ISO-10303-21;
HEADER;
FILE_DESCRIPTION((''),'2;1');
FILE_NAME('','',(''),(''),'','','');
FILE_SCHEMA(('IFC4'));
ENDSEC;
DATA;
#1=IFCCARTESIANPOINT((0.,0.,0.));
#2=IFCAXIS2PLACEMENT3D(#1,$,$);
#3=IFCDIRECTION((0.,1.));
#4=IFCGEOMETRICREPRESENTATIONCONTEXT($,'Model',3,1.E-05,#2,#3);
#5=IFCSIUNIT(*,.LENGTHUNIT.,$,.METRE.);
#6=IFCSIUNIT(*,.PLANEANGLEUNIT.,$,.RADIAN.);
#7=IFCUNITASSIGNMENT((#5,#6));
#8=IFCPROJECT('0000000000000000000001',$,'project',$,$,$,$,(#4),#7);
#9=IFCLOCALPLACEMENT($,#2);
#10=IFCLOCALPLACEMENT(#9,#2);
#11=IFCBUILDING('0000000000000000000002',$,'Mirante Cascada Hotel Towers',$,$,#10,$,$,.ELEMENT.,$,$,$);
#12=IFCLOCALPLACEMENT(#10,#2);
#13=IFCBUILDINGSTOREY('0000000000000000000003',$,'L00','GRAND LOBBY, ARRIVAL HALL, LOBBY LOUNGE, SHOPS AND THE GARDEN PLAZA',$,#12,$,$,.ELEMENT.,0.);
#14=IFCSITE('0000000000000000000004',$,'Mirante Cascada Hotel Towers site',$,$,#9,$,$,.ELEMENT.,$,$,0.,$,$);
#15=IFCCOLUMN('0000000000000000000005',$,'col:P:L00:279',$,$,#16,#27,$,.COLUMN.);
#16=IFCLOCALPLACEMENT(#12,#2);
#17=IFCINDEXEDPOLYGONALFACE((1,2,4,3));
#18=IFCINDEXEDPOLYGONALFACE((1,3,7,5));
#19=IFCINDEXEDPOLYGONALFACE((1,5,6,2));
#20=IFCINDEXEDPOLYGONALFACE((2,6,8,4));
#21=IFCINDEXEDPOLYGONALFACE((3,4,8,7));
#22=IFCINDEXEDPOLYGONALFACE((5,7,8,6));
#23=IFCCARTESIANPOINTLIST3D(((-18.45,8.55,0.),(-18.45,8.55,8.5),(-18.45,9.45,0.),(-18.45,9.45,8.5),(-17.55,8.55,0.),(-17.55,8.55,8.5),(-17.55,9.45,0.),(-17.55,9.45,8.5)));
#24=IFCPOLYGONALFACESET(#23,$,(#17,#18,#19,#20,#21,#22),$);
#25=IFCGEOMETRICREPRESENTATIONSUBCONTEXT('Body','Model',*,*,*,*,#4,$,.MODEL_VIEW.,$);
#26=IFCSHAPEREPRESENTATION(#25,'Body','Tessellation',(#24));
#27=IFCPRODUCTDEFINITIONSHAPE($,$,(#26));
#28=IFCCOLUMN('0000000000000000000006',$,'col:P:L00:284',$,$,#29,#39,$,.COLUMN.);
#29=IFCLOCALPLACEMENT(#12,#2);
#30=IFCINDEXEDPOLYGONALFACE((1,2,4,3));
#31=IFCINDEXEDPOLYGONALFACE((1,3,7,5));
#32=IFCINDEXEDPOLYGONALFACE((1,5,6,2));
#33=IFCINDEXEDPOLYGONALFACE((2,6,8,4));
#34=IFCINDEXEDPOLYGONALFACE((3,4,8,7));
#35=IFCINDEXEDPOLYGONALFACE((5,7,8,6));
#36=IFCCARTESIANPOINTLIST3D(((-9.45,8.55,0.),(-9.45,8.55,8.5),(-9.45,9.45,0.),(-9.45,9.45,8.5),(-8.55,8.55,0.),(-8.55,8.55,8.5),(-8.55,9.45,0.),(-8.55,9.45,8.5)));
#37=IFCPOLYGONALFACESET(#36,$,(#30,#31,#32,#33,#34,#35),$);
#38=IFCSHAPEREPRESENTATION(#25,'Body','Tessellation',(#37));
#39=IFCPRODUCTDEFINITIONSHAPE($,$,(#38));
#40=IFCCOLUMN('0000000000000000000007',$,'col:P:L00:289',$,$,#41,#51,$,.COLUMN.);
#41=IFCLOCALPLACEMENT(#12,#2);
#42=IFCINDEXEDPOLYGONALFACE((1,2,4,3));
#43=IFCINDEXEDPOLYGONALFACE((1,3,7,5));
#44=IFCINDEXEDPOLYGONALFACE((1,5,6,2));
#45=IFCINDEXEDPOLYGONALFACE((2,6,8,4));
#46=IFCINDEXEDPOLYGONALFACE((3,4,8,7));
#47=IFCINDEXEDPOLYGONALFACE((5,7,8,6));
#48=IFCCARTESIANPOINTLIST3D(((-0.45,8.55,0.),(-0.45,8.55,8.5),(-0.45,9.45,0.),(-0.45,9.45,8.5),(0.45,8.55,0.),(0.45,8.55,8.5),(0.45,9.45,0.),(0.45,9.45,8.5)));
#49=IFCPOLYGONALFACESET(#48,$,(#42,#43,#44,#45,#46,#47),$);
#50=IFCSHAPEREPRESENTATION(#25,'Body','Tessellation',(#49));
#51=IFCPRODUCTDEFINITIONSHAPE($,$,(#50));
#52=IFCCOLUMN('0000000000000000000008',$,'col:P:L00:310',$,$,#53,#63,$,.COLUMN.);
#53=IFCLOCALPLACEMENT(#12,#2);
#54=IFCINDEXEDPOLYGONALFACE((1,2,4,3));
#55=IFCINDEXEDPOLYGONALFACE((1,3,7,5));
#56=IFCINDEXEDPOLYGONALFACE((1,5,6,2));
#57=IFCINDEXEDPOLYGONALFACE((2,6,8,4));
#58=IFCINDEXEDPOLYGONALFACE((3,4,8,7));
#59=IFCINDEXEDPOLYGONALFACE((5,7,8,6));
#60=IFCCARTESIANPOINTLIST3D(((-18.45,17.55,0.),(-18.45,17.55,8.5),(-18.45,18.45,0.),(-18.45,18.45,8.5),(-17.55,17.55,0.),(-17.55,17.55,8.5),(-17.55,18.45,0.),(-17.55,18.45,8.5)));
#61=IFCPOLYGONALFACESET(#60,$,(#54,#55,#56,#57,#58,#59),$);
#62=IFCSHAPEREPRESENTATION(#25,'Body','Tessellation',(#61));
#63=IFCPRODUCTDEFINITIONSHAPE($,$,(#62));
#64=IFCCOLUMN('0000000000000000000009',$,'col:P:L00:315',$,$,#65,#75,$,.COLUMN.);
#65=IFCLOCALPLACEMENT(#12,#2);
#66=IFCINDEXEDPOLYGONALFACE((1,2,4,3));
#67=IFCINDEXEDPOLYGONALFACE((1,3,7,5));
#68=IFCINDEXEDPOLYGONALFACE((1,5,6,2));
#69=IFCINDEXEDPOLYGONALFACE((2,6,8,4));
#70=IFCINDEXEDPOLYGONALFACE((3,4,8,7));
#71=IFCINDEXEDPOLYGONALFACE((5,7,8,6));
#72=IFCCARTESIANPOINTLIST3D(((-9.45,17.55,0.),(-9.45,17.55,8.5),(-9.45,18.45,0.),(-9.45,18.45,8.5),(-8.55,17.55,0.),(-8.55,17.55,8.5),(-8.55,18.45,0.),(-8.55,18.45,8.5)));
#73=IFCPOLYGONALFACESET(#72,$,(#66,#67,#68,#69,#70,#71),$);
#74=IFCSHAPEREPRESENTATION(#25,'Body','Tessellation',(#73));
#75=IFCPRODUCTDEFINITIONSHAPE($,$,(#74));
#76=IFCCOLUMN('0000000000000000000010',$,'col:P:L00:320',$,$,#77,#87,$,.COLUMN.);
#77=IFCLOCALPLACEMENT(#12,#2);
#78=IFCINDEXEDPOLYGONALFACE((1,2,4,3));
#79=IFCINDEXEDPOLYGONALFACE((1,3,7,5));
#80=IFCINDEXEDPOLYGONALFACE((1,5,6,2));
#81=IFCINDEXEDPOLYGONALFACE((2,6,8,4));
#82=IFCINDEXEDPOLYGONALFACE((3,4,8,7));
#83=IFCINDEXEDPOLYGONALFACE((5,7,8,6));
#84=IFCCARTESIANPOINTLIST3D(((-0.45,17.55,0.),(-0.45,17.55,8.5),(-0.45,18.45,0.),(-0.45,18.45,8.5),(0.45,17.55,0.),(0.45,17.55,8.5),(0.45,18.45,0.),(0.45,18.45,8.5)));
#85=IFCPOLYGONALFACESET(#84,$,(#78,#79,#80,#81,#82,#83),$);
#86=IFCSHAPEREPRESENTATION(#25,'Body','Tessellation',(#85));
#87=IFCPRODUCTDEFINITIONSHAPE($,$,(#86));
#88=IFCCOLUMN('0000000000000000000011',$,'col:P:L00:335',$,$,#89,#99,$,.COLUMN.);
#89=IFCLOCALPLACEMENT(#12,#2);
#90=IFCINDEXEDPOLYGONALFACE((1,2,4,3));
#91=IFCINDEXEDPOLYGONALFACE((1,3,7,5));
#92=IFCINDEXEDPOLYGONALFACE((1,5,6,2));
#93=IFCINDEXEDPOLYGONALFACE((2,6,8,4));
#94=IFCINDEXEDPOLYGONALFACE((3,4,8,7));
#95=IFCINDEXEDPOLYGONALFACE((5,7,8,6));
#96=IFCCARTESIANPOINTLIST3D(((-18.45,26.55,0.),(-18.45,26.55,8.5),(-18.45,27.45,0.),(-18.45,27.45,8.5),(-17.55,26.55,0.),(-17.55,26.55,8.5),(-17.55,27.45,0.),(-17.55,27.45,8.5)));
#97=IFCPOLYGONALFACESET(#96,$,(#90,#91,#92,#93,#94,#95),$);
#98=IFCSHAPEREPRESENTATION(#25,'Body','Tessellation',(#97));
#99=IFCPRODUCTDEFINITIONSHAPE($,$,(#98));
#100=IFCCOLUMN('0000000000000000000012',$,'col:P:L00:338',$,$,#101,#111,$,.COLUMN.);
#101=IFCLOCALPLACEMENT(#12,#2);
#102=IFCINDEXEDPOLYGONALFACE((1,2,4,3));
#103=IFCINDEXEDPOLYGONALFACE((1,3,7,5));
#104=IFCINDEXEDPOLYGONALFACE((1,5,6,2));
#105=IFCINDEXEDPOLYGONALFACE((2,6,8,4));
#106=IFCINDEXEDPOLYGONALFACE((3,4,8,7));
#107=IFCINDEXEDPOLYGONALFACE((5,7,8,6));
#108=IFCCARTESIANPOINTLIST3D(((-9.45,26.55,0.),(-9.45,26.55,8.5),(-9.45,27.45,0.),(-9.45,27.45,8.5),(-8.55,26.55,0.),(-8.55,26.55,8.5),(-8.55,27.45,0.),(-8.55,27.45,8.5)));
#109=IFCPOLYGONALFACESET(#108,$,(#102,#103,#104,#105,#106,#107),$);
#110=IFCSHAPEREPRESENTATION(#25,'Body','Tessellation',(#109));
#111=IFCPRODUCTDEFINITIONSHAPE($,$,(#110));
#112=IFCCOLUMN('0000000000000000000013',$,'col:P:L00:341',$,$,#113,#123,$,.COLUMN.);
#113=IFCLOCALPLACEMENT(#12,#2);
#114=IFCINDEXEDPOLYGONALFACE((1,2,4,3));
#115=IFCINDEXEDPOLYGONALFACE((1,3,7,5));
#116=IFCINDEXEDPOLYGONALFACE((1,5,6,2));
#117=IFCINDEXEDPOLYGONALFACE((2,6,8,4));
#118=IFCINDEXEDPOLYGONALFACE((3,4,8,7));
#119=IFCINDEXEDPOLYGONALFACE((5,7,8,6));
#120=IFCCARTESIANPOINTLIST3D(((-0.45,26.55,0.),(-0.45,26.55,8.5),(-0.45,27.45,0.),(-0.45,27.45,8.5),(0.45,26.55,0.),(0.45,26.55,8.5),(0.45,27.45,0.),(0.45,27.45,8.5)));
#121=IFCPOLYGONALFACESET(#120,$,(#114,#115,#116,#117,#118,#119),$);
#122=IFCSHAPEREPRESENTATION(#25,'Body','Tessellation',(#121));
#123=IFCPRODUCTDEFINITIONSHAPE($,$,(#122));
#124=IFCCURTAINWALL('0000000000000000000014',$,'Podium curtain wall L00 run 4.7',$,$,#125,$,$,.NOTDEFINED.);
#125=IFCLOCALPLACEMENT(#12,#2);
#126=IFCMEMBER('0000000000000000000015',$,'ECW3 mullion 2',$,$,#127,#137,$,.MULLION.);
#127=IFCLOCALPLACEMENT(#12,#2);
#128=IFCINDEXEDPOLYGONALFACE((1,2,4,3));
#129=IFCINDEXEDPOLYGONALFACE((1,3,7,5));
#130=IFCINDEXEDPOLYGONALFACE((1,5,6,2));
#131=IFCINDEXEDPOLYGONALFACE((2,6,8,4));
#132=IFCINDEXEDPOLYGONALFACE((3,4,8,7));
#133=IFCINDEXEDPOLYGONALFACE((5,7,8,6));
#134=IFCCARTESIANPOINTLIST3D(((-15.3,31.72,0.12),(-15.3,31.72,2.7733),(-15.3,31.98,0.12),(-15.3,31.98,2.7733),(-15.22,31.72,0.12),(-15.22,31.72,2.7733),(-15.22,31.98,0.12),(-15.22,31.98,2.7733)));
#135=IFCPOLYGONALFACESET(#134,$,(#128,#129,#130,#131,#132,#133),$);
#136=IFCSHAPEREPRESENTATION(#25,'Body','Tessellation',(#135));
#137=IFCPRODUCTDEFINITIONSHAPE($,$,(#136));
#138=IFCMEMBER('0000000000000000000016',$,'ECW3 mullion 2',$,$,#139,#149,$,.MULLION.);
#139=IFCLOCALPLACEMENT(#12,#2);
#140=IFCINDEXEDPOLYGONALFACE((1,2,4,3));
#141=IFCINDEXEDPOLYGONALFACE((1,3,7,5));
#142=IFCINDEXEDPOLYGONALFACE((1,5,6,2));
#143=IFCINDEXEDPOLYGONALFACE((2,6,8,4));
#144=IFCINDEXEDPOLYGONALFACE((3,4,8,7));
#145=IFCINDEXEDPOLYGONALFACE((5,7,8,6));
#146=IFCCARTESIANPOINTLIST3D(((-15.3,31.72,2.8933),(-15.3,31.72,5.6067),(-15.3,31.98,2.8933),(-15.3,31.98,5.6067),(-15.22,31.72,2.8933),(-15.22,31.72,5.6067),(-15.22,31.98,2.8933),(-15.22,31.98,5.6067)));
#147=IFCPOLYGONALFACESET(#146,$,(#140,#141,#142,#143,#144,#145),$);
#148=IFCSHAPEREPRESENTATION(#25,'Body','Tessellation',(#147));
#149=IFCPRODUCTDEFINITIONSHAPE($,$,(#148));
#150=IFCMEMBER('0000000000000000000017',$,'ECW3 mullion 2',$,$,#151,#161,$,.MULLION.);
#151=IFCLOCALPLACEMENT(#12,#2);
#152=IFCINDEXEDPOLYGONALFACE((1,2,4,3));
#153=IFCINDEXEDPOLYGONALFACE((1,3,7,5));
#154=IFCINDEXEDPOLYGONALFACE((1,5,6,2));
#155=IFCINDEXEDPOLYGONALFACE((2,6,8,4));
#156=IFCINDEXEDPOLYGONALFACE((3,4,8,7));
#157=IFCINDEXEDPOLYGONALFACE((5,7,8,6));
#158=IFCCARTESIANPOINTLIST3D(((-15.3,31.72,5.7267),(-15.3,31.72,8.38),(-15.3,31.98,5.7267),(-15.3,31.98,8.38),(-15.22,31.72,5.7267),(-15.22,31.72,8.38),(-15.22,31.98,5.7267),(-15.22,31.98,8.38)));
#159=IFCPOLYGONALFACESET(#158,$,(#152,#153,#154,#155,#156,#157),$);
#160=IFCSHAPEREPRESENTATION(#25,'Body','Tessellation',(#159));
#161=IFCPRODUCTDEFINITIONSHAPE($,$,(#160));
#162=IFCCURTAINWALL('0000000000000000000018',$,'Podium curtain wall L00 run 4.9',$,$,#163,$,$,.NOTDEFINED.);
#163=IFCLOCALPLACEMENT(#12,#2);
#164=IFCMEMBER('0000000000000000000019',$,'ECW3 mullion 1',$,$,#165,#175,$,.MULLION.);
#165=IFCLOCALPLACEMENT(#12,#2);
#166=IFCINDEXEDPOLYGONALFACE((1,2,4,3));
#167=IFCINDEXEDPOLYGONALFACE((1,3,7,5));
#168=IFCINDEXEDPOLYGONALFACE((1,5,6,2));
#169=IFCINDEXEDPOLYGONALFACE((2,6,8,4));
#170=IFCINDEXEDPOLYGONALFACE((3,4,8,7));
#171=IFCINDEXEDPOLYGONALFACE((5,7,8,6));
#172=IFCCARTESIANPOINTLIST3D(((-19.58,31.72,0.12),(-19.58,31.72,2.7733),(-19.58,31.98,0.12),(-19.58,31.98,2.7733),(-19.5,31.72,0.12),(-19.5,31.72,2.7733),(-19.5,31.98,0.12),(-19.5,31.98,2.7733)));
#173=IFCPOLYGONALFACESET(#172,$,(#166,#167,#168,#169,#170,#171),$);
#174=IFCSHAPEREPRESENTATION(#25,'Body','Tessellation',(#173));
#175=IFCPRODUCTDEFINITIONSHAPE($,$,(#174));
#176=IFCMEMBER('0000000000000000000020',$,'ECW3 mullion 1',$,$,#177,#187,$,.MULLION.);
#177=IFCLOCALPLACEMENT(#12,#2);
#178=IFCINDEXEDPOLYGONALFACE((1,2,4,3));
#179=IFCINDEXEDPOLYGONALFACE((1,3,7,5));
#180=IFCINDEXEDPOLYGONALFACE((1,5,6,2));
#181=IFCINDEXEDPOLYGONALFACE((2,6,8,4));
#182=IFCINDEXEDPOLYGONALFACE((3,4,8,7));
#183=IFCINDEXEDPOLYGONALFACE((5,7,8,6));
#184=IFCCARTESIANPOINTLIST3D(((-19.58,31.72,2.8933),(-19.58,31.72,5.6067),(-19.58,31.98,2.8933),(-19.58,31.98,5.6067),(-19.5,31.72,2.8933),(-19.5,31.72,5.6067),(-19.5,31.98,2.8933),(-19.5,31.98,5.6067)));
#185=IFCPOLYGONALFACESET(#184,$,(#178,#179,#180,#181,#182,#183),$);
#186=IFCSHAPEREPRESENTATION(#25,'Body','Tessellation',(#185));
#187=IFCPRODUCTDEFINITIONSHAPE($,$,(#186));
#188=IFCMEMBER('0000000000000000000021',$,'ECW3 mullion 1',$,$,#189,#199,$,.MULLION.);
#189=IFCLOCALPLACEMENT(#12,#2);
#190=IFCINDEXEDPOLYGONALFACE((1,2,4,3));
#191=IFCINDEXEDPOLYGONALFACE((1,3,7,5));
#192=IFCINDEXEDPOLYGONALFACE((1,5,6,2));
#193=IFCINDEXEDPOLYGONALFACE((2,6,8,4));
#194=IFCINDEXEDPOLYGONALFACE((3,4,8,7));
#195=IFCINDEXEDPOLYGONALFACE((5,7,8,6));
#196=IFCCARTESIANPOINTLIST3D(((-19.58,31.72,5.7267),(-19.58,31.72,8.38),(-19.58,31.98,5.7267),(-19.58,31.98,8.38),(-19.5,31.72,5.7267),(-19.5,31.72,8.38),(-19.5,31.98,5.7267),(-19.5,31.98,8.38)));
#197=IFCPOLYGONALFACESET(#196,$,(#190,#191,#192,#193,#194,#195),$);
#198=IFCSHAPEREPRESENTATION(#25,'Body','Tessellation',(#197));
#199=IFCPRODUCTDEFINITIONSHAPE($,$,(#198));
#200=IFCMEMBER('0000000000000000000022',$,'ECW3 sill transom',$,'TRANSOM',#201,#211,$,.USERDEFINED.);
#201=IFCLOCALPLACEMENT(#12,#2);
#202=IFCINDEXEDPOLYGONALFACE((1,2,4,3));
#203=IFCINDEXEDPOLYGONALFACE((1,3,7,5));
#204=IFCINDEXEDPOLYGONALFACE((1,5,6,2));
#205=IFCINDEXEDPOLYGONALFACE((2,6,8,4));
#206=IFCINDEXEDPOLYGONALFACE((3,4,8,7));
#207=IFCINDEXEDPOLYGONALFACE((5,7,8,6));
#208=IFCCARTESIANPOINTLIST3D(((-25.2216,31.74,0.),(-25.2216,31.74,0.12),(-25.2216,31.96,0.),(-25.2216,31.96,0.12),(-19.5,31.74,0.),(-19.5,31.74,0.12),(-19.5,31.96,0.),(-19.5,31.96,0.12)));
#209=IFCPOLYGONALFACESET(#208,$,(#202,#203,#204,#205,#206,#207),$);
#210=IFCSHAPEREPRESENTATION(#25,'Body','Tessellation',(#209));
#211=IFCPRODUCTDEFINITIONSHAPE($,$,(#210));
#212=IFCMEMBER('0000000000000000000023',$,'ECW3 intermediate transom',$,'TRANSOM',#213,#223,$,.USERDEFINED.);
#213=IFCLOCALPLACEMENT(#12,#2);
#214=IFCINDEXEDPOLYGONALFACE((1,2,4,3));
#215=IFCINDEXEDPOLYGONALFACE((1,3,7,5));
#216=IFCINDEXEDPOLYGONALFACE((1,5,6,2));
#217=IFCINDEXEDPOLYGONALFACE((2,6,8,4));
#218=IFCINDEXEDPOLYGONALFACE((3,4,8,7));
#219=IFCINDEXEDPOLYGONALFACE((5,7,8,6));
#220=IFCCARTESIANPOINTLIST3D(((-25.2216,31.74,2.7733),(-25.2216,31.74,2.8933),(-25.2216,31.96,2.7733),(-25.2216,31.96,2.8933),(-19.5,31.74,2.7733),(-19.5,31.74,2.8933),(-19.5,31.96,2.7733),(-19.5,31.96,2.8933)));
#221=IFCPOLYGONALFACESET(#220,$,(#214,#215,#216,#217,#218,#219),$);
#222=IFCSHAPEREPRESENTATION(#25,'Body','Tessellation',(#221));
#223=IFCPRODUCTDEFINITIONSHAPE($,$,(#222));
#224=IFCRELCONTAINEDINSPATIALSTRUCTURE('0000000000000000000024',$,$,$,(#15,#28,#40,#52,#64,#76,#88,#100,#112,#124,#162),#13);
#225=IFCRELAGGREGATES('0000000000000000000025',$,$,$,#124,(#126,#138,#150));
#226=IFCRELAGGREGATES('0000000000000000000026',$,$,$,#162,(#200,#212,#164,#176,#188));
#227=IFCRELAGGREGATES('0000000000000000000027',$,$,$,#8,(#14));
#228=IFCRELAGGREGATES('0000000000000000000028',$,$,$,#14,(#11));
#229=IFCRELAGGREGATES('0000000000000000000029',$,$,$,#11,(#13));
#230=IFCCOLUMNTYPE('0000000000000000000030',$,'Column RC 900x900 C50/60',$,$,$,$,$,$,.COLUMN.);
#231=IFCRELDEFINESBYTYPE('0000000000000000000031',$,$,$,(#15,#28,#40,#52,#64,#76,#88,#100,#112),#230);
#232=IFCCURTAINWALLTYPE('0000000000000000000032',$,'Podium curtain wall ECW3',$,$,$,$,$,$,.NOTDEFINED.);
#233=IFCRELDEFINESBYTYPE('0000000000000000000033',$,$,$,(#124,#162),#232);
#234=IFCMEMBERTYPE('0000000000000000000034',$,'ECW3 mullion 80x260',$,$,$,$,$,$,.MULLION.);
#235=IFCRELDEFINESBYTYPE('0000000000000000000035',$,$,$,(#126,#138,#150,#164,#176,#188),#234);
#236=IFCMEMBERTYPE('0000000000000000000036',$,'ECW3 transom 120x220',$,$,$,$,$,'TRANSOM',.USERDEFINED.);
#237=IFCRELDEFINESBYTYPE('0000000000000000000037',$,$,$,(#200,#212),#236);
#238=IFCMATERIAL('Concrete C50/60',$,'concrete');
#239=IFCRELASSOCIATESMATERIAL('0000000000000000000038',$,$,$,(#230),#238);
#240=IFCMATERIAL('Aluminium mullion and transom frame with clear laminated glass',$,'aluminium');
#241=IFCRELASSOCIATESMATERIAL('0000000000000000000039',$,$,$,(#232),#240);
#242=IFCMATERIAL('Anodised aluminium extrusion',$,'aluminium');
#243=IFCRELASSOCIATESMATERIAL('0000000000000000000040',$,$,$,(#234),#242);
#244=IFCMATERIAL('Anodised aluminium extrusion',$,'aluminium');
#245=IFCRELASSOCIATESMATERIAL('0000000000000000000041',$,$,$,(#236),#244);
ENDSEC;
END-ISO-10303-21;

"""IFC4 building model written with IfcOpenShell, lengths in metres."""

from ifc_helpers import new_model, si_unit, direction, frame, origin, origin_2d, place, context, subcontext, project, spatial, rectangle, extrude, material, material_profile, profile_set, type_object, element, aggregate, save


model = new_model("IFC4")

# Units and contexts
model_context = context("Model", 3, precision=1e-05, world=origin(), true_north=direction((0.0, 1.0)))
body_context = subcontext(model_context, "Body", "Model", "MODEL_VIEW")
ifc_project = project(units=[si_unit("LENGTHUNIT", "METRE"), si_unit("PLANEANGLEUNIT", "RADIAN")], contexts=[model_context])

# Site, building, storey
site_placement = place(None, origin())
site = spatial("IfcSite", under=ifc_project, at=site_placement, Name="Mirante Cascada Hotel Towers site", CompositionType="ELEMENT", RefElevation=0.0)
building_placement = place(site_placement, origin())
building = spatial("IfcBuilding", under=site, at=building_placement, Name="Mirante Cascada Hotel Towers", CompositionType="ELEMENT")
storey_placement = place(building_placement, origin())
storey = spatial("IfcBuildingStorey", under=building, at=storey_placement, Name="L00", Description="GRAND LOBBY, ARRIVAL HALL, LOBBY LOUNGE, SHOPS AND THE GARDEN PLAZA", CompositionType="ELEMENT", Elevation=0.0)

# Columns
ifc_material_1 = material(Name="Concrete C50/60", Category="concrete")
ifc_material_profile_1 = material_profile(ifc_material_1, rectangle(XDim=0.9, YDim=0.9, at=origin_2d()), Name="RC 900x900")
ifc_profile_set_1 = profile_set([ifc_material_profile_1], Name="Concrete C50/60")
column_type = type_object("IfcColumnType", Name="Column RC 900x900 C50/60", PredefinedType="COLUMN", material=ifc_profile_set_1)
for number, where, z_axis, x_axis, name in (
    (1, (-18.0, 9.0, 0.0), (0.0, 0.0, 1.0), (1.0, 0.0, 0.0), "col:P:L00:279"),
    (2, (-9.0, 9.0, 0.0), (0.0, 0.0, 1.0), (1.0, 0.0, 0.0), "col:P:L00:284"),
    (3, (0.0, 9.0, 0.0), (0.0, 0.0, 1.0), (1.0, 0.0, 0.0), "col:P:L00:289"),
    (4, (-18.0, 18.0, 0.0), (0.0, 0.0, 1.0), (1.0, 0.0, 0.0), "col:P:L00:310"),
    (5, (-9.0, 18.0, 0.0), (0.0, 0.0, 1.0), (1.0, 0.0, 0.0), "col:P:L00:315"),
    (6, (0.0, 18.0, 0.0), (0.0, 0.0, 1.0), (1.0, 0.0, 0.0), "col:P:L00:320"),
    (7, (-18.0, 27.0, 0.0), (0.0, 0.0, 1.0), (1.0, 0.0, 0.0), "col:P:L00:335"),
    (8, (-9.0, 27.0, 0.0), (0.0, 0.0, 1.0), (1.0, 0.0, 0.0), "col:P:L00:338"),
    (9, (0.0, 27.0, 0.0), (0.0, 0.0, 1.0), (1.0, 0.0, 0.0), "col:P:L00:341"),
):
    element("IfcColumn", number, at=place(storey_placement, frame(where, z_axis=z_axis, x_axis=x_axis)), inside=storey, type_object=column_type, Name=name, PredefinedType="COLUMN", context=body_context, shape_type="SweptSolid", body=[
        extrude(rectangle(XDim=0.9, YDim=0.9, at=origin_2d()), origin(), (0.0, 0.0, 1.0), 8.5),
    ])

# Curtain walls, members
ifc_material_2 = material(Name="Aluminium mullion and transom frame with clear laminated glass", Category="aluminium")
curtain_wall_type = type_object("IfcCurtainWallType", Name="Podium curtain wall ECW3", PredefinedType="NOTDEFINED", material=ifc_material_2)
curtain_wall_1_placement = place(storey_placement, origin())
curtain_wall_1 = element("IfcCurtainWall", 10, at=curtain_wall_1_placement, inside=storey, type_object=curtain_wall_type, Name="Podium curtain wall L00 run 4.7", PredefinedType="NOTDEFINED")
ifc_material_3 = material(Name="Anodised aluminium extrusion", Category="aluminium")
ifc_material_profile_2 = material_profile(ifc_material_3, rectangle(XDim=0.26, YDim=0.08, at=origin_2d()), Name="ECW3 MULLION 80x260")
ifc_profile_set_2 = profile_set([ifc_material_profile_2], Name="Anodised aluminium extrusion")
member_type_1 = type_object("IfcMemberType", Name="ECW3 mullion 80x260", PredefinedType="MULLION", material=ifc_profile_set_2)
member_1_placement = place(storey_placement, frame((-15.26, 31.85, 0.12), z_axis=(0.0, 0.0, 1.0), x_axis=(0.0, -1.0, 0.0)))
member_1 = element("IfcMember", 11, at=member_1_placement, type_object=member_type_1, Name="ECW3 mullion 2", PredefinedType="MULLION", context=body_context, shape_type="SweptSolid", body=[
    extrude(rectangle(XDim=0.26, YDim=0.08, at=origin_2d()), origin(), (0.0, 0.0, 1.0), 2.6533),
])
member_2_placement = place(storey_placement, frame((-15.26, 31.85, 2.8933), z_axis=(0.0, 0.0, 1.0), x_axis=(0.0, -1.0, 0.0)))
member_2 = element("IfcMember", 12, at=member_2_placement, type_object=member_type_1, Name="ECW3 mullion 2", PredefinedType="MULLION", context=body_context, shape_type="SweptSolid", body=[
    extrude(rectangle(XDim=0.26, YDim=0.08, at=origin_2d()), origin(), (0.0, 0.0, 1.0), 2.7134),
])
member_3_placement = place(storey_placement, frame((-15.26, 31.85, 5.7267), z_axis=(0.0, 0.0, 1.0), x_axis=(0.0, -1.0, 0.0)))
member_3 = element("IfcMember", 13, at=member_3_placement, type_object=member_type_1, Name="ECW3 mullion 2", PredefinedType="MULLION", context=body_context, shape_type="SweptSolid", body=[
    extrude(rectangle(XDim=0.26, YDim=0.08, at=origin_2d()), origin(), (0.0, 0.0, 1.0), 2.6533),
])
aggregate(curtain_wall_1, [member_1, member_2, member_3])
curtain_wall_2_placement = place(storey_placement, origin())
curtain_wall_2 = element("IfcCurtainWall", 14, at=curtain_wall_2_placement, inside=storey, type_object=curtain_wall_type, Name="Podium curtain wall L00 run 4.9", PredefinedType="NOTDEFINED")
member_4_placement = place(storey_placement, frame((-19.54, 31.85, 0.12), z_axis=(0.0, 0.0, 1.0), x_axis=(0.0, -1.0, 0.0)))
member_4 = element("IfcMember", 15, at=member_4_placement, type_object=member_type_1, Name="ECW3 mullion 1", PredefinedType="MULLION", context=body_context, shape_type="SweptSolid", body=[
    extrude(rectangle(XDim=0.26, YDim=0.08, at=origin_2d()), origin(), (0.0, 0.0, 1.0), 2.6533),
])
member_5_placement = place(storey_placement, frame((-19.54, 31.85, 2.8933), z_axis=(0.0, 0.0, 1.0), x_axis=(0.0, -1.0, 0.0)))
member_5 = element("IfcMember", 16, at=member_5_placement, type_object=member_type_1, Name="ECW3 mullion 1", PredefinedType="MULLION", context=body_context, shape_type="SweptSolid", body=[
    extrude(rectangle(XDim=0.26, YDim=0.08, at=origin_2d()), origin(), (0.0, 0.0, 1.0), 2.7134),
])
member_6_placement = place(storey_placement, frame((-19.54, 31.85, 5.7267), z_axis=(0.0, 0.0, 1.0), x_axis=(0.0, -1.0, 0.0)))
member_6 = element("IfcMember", 17, at=member_6_placement, type_object=member_type_1, Name="ECW3 mullion 1", PredefinedType="MULLION", context=body_context, shape_type="SweptSolid", body=[
    extrude(rectangle(XDim=0.26, YDim=0.08, at=origin_2d()), origin(), (0.0, 0.0, 1.0), 2.6533),
])
ifc_material_4 = material(Name="Anodised aluminium extrusion", Category="aluminium")
ifc_material_profile_3 = material_profile(ifc_material_4, rectangle(XDim=0.22, YDim=0.12, at=origin_2d()), Name="ECW3 TRANSOM 120x220")
ifc_profile_set_3 = profile_set([ifc_material_profile_3], Name="Anodised aluminium extrusion")
member_type_2 = type_object("IfcMemberType", Name="ECW3 transom 120x220", ElementType="TRANSOM", PredefinedType="USERDEFINED", material=ifc_profile_set_3)
member_7_placement = place(storey_placement, frame((-19.5, 31.85, 0.06), z_axis=(-1.0, 0.0, 0.0), x_axis=(0.0, -1.0, 0.0)))
member_7 = element("IfcMember", 18, at=member_7_placement, type_object=member_type_2, Name="ECW3 sill transom", ObjectType="TRANSOM", PredefinedType="USERDEFINED", context=body_context, shape_type="SweptSolid", body=[
    extrude(rectangle(XDim=0.22, YDim=0.12, at=origin_2d()), origin(), (0.0, 0.0, 1.0), 5.7216),
])
member_8_placement = place(storey_placement, frame((-19.5, 31.85, 2.8333), z_axis=(-1.0, 0.0, 0.0), x_axis=(0.0, -1.0, 0.0)))
member_8 = element("IfcMember", 19, at=member_8_placement, type_object=member_type_2, Name="ECW3 intermediate transom", ObjectType="TRANSOM", PredefinedType="USERDEFINED", context=body_context, shape_type="SweptSolid", body=[
    extrude(rectangle(XDim=0.22, YDim=0.12, at=origin_2d()), origin(), (0.0, 0.0, 1.0), 5.7216),
])
aggregate(curtain_wall_2, [member_7, member_8, member_4, member_5, member_6])

save(model, "model.ifc")
